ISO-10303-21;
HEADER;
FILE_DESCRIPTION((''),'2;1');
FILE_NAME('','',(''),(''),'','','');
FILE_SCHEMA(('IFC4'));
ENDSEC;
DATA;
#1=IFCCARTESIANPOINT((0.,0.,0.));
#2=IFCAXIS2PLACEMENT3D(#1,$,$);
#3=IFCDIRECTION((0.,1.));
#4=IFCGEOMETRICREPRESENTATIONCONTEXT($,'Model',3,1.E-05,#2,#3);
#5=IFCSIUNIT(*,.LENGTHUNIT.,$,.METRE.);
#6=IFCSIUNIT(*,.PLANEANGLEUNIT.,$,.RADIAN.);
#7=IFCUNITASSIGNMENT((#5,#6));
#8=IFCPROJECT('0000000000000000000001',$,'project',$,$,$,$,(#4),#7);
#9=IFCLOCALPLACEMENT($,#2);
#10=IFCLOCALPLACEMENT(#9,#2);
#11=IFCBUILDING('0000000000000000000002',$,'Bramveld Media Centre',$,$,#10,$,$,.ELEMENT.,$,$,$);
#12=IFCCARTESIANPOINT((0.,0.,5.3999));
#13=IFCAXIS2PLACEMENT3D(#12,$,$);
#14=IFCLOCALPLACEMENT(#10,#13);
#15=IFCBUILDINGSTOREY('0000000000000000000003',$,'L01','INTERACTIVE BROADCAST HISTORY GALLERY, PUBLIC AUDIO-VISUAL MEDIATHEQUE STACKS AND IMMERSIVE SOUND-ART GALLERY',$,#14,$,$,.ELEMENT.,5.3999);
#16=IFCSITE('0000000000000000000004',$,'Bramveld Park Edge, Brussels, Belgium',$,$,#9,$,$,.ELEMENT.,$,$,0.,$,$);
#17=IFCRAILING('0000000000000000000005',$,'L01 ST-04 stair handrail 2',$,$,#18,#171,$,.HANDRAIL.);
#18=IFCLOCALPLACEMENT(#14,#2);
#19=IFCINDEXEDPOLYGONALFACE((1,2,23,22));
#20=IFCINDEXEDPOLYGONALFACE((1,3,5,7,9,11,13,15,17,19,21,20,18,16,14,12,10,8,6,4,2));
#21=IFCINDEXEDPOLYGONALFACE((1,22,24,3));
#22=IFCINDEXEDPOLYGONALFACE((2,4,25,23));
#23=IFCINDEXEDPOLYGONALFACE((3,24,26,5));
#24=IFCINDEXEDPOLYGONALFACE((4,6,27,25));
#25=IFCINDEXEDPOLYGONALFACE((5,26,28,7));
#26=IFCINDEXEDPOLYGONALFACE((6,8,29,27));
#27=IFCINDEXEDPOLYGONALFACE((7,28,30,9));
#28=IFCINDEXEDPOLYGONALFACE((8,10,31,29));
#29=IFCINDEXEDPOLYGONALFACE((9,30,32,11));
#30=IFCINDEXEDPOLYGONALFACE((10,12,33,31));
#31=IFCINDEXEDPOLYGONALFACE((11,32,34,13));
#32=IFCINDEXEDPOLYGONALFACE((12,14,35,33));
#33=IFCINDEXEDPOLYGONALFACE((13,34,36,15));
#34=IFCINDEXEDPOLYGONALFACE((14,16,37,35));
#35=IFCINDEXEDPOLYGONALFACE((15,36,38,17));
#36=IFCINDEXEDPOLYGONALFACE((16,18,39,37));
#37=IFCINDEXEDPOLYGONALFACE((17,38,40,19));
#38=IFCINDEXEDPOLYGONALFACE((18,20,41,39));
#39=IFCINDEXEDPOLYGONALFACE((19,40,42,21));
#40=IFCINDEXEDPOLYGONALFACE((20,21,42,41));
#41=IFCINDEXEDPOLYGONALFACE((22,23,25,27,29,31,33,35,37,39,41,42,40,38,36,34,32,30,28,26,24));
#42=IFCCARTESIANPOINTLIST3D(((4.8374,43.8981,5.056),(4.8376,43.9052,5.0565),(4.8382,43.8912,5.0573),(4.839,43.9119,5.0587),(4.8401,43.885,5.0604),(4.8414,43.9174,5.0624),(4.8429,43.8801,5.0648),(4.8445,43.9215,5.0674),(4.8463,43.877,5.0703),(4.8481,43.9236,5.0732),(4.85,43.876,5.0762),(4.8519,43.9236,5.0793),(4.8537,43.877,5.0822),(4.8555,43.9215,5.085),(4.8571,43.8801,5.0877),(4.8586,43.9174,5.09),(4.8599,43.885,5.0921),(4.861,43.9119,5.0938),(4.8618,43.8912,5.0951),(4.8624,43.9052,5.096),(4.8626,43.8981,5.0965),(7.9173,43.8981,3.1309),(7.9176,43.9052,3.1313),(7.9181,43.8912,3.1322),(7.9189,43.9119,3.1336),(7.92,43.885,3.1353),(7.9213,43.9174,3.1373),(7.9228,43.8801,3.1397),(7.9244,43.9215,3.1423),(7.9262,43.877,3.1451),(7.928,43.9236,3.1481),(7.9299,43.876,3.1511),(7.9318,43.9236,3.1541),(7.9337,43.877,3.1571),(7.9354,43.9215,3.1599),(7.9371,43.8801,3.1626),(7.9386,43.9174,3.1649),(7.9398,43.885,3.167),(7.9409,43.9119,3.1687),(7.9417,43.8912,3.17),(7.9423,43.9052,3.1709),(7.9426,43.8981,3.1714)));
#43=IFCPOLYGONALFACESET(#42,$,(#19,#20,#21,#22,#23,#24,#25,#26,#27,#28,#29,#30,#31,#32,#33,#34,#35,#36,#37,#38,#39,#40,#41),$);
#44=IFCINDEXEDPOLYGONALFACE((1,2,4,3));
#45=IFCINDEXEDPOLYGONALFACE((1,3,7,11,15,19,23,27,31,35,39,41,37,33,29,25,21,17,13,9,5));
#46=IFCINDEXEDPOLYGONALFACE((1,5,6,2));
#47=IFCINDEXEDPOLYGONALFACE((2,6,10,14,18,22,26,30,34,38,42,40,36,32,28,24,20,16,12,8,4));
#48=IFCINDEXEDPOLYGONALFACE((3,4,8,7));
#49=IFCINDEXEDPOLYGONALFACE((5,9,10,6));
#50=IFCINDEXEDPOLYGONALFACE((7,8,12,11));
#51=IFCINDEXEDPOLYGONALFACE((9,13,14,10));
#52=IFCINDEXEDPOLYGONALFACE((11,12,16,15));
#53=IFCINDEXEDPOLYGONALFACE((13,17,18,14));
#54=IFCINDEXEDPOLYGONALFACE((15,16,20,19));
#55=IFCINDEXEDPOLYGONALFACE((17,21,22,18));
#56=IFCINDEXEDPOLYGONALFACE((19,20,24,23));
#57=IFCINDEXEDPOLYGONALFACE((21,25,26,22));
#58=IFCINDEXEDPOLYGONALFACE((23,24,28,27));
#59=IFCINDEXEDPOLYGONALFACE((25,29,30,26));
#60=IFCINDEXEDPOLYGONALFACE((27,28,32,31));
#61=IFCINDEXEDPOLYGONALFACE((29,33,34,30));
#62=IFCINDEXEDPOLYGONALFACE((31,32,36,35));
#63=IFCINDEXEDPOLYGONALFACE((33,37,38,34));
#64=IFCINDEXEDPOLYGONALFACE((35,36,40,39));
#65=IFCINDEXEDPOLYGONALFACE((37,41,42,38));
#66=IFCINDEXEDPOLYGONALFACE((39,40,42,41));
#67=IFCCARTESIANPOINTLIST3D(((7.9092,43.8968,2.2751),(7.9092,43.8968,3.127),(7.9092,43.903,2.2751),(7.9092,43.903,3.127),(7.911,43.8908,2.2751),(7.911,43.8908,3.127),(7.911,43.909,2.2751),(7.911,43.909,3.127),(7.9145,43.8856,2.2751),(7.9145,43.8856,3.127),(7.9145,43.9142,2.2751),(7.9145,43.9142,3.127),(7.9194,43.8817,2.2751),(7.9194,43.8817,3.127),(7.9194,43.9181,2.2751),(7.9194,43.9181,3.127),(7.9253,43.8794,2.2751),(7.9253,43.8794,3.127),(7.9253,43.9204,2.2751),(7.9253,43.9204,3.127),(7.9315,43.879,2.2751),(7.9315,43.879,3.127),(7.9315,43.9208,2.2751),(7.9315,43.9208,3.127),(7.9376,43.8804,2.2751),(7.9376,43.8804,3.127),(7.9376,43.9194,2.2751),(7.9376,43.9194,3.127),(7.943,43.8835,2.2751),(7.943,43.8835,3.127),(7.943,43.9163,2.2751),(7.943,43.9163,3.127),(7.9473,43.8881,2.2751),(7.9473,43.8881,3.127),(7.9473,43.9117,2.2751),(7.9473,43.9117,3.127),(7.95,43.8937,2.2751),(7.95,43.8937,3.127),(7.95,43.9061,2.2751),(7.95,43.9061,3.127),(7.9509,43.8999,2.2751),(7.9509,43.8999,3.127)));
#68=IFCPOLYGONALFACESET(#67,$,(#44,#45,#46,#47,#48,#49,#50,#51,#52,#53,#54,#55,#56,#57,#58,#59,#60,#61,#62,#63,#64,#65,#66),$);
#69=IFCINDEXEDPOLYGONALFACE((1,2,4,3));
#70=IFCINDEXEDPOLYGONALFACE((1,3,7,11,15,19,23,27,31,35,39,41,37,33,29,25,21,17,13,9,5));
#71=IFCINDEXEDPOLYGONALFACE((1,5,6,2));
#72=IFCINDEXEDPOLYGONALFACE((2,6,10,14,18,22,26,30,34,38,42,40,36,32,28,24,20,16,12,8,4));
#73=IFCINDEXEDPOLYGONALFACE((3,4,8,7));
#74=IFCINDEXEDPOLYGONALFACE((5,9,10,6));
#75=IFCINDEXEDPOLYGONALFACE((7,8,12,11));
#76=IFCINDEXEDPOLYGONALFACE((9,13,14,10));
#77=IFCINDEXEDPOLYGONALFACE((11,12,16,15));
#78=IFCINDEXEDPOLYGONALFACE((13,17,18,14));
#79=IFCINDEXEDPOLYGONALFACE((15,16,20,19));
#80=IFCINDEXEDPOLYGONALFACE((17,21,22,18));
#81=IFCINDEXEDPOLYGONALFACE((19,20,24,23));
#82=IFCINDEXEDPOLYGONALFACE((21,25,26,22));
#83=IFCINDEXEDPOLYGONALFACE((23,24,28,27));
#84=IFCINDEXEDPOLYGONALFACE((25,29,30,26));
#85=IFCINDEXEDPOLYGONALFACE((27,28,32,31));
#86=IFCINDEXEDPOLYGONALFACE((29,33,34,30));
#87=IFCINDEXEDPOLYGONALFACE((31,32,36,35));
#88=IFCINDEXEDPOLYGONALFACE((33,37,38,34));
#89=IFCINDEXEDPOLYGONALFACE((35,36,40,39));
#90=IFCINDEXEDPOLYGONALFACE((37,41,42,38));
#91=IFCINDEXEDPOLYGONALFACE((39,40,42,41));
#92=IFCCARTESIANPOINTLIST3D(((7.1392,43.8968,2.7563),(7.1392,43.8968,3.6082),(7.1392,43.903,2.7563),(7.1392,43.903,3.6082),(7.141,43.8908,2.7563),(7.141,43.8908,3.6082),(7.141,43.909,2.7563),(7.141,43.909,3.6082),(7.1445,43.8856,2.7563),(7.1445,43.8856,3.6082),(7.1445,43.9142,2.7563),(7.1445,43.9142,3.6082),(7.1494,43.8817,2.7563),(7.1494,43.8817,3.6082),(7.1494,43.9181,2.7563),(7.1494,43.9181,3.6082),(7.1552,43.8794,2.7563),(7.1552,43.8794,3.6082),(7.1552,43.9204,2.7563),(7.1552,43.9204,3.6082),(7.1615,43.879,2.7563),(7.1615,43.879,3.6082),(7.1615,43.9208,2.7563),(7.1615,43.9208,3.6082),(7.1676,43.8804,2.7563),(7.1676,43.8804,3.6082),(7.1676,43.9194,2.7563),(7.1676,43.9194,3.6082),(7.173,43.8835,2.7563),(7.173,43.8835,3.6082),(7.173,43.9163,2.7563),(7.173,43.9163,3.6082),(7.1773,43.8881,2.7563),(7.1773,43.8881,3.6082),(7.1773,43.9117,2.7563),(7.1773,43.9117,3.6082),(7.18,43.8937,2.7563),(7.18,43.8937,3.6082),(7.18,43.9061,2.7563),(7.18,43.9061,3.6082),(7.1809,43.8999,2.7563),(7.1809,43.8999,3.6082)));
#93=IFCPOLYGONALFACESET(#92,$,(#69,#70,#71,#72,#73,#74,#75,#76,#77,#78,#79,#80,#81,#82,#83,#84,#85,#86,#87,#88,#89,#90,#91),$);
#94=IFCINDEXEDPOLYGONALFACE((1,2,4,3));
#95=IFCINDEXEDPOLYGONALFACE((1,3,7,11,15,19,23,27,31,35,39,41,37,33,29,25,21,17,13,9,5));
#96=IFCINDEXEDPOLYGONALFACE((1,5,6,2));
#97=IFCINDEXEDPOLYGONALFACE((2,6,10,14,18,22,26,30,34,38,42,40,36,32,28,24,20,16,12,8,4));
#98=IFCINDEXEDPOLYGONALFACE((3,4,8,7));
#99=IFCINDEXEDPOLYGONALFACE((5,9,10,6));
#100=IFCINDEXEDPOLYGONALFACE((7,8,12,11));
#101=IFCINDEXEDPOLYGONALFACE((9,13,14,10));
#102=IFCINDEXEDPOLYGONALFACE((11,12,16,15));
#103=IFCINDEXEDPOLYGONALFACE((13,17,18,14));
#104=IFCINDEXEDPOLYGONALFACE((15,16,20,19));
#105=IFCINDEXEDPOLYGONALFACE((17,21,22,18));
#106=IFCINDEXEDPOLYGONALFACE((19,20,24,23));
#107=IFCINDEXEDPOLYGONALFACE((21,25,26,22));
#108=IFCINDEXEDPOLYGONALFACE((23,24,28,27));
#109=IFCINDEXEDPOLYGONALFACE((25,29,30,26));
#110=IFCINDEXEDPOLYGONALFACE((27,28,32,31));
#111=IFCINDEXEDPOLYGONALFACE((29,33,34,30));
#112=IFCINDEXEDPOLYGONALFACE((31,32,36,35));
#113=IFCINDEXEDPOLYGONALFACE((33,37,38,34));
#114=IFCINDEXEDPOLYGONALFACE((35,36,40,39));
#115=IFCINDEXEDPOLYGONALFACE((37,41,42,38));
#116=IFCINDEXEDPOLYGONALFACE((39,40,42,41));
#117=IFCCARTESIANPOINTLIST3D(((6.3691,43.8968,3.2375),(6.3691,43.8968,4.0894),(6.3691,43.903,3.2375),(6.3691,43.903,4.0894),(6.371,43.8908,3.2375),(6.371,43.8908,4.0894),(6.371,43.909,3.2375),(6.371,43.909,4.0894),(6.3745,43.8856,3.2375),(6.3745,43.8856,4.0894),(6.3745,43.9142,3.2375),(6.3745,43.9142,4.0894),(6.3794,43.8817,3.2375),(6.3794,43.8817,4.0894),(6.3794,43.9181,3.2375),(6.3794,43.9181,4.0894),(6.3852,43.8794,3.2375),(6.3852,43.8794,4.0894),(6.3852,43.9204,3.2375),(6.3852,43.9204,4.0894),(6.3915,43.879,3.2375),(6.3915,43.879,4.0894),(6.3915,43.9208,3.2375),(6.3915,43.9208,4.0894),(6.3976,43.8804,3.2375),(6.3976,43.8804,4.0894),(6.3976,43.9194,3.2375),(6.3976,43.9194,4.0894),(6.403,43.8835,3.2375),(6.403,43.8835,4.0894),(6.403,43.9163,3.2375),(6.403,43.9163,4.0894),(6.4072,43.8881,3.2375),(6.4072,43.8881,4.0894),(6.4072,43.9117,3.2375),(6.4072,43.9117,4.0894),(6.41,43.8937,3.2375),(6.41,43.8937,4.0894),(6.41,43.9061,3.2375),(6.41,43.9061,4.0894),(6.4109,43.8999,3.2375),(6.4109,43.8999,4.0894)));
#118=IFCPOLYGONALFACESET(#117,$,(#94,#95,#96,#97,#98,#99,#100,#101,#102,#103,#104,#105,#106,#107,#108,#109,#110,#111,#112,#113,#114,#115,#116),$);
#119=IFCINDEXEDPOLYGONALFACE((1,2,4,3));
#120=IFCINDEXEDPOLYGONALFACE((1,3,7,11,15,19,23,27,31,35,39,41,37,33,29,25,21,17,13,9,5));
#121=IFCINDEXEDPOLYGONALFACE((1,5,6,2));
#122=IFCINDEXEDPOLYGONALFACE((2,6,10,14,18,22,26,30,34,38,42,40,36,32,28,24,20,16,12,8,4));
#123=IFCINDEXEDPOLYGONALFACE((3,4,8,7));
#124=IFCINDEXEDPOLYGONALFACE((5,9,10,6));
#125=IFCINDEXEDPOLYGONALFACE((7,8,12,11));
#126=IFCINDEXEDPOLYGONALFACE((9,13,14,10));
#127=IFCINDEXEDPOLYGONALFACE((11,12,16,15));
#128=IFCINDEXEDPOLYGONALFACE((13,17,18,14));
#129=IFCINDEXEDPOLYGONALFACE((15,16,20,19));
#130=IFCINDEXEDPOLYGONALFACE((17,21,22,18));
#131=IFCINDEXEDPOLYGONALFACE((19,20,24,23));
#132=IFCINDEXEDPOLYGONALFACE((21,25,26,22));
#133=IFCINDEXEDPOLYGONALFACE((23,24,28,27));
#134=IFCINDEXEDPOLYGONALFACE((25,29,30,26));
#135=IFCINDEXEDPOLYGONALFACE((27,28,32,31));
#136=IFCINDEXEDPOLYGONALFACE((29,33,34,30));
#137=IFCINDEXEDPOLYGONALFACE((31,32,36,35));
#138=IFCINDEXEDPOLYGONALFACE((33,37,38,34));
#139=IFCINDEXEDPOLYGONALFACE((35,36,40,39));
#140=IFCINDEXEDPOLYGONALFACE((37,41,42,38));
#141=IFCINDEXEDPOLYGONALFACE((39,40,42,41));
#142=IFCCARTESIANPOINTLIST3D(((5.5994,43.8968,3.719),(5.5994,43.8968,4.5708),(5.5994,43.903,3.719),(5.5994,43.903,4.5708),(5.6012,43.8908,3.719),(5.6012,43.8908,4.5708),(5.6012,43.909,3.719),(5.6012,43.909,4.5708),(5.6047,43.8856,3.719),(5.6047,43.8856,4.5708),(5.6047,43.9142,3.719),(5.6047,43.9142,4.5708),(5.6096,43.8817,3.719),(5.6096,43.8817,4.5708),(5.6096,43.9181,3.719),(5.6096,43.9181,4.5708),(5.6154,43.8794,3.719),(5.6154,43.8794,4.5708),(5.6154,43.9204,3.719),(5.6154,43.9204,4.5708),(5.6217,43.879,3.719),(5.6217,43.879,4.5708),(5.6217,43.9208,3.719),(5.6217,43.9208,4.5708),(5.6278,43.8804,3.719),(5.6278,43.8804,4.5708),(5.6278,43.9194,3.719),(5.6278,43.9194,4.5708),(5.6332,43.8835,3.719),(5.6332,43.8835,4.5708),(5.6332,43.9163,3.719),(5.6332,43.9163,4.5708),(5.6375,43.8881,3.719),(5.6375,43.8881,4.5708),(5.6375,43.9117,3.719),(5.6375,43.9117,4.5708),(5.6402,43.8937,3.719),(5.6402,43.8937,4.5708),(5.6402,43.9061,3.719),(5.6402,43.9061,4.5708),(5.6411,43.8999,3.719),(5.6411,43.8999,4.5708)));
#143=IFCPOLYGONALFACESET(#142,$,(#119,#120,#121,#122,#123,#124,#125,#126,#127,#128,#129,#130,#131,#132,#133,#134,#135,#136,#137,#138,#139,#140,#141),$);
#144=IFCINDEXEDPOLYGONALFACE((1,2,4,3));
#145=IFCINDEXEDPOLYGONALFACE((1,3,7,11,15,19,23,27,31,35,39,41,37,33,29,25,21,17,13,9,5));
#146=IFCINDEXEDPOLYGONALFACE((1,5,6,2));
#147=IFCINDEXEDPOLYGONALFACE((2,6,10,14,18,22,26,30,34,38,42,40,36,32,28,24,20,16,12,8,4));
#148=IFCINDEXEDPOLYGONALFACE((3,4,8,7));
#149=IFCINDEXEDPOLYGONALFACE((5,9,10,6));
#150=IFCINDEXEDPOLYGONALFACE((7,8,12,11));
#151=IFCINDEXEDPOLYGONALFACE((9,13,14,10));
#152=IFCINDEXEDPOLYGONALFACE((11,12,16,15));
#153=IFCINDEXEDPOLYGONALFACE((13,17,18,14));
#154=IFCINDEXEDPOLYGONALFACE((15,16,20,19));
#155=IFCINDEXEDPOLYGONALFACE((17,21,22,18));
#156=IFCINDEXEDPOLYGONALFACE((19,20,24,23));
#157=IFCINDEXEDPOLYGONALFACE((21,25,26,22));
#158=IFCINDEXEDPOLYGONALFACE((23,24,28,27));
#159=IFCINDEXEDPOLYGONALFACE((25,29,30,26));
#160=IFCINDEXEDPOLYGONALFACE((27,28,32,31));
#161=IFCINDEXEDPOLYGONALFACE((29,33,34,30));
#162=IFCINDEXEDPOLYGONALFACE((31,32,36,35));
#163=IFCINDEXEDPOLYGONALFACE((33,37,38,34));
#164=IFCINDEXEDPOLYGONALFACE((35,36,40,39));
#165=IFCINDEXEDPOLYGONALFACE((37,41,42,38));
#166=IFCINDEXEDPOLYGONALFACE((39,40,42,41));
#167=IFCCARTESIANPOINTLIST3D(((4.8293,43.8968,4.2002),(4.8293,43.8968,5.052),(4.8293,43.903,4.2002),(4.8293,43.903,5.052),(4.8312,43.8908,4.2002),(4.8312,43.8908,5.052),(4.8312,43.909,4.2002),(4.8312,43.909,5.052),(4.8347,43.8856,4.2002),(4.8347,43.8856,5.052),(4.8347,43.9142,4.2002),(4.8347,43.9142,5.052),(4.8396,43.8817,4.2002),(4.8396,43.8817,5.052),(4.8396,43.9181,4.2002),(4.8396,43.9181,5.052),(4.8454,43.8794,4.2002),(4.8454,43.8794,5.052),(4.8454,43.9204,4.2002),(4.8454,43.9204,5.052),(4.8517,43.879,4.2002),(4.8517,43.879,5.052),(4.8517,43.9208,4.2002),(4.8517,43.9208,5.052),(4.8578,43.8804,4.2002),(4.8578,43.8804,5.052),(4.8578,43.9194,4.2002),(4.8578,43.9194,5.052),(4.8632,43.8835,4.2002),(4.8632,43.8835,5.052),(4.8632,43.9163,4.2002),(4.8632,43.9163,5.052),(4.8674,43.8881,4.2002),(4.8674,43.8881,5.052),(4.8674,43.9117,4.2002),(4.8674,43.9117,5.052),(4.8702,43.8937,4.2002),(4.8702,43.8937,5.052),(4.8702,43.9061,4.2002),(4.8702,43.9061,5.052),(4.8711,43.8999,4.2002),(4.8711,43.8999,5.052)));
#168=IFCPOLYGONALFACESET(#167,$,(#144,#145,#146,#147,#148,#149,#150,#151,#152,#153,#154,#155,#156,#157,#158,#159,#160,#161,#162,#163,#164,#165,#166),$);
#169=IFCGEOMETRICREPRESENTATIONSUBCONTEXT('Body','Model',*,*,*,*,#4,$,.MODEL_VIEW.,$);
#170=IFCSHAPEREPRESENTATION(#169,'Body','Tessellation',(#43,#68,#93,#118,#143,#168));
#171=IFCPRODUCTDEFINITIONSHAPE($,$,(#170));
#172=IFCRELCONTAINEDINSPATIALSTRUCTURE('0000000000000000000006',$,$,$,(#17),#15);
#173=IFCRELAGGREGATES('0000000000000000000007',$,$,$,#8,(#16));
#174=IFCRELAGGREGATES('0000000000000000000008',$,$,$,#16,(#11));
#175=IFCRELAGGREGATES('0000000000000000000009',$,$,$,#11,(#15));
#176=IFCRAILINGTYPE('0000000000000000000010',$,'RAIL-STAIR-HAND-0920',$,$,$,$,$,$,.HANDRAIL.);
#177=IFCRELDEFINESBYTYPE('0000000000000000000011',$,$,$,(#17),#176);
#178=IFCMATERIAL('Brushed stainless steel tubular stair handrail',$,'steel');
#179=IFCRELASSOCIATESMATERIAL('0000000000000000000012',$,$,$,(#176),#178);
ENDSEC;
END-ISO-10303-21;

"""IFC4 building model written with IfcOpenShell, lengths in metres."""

from ifc_helpers import new_model, si_unit, direction, frame, origin, origin_2d, place, context, subcontext, project, spatial, circle, extrude, material, type_object, element, save


model = new_model("IFC4")

# Units and contexts
model_context = context("Model", 3, precision=1e-05, world=origin(), true_north=direction((0.0, 1.0)))
body_context = subcontext(model_context, "Body", "Model", "MODEL_VIEW")
ifc_project = project(units=[si_unit("LENGTHUNIT", "METRE"), si_unit("PLANEANGLEUNIT", "RADIAN")], contexts=[model_context])

# Site, building, storey
site_placement = place(None, origin())
site = spatial("IfcSite", under=ifc_project, at=site_placement, Name="Bramveld Park Edge, Brussels, Belgium", CompositionType="ELEMENT", RefElevation=0.0)
building_placement = place(site_placement, origin())
building = spatial("IfcBuilding", under=site, at=building_placement, Name="Bramveld Media Centre", CompositionType="ELEMENT")
storey_placement = place(building_placement, frame((0.0, 0.0, 5.3999)))
storey = spatial("IfcBuildingStorey", under=building, at=storey_placement, Name="L01", Description="INTERACTIVE BROADCAST HISTORY GALLERY, PUBLIC AUDIO-VISUAL MEDIATHEQUE STACKS AND IMMERSIVE SOUND-ART GALLERY", CompositionType="ELEMENT", Elevation=5.3999)

# Railing
ifc_material_1 = material(Name="Brushed stainless steel tubular stair handrail", Category="steel")
railing_type_1 = type_object("IfcRailingType", Name="RAIL-STAIR-HAND-0920", PredefinedType="HANDRAIL", material=ifc_material_1)
railing_1_placement = place(storey_placement, frame((7.9299, 43.8999, 2.2751)))
element("IfcRailing", 1, at=railing_1_placement, inside=storey, type_object=railing_type_1, Name="L01 ST-04 stair handrail 2", PredefinedType="HANDRAIL", context=body_context, shape_type="SweptSolid", body=[
    extrude(circle(Radius=0.0239, at=origin_2d()), frame((0.0, 0.0, 0.876), z_axis=(-0.847979, 0.0, 0.530029), x_axis=(0.0, -1.0, 0.0)), (0.0, 0.0, 1.0), 3.6321),
    extrude(circle(Radius=0.021, at=origin_2d()), origin(), (0.0, 0.0, 1.0), 0.8518),
    extrude(circle(Radius=0.021, at=origin_2d()), frame((-0.77, 0.0, 0.4812)), (0.0, 0.0, 1.0), 0.8518),
    extrude(circle(Radius=0.021, at=origin_2d()), frame((-1.54, 0.0, 0.9624)), (0.0, 0.0, 1.0), 0.8518),
    extrude(circle(Radius=0.021, at=origin_2d()), frame((-2.3098, 0.0, 1.4438)), (0.0, 0.0, 1.0), 0.8518),
    extrude(circle(Radius=0.021, at=origin_2d()), frame((-3.0798, 0.0, 1.925)), (0.0, 0.0, 1.0), 0.8518),
])

save(model, "model.ifc")
